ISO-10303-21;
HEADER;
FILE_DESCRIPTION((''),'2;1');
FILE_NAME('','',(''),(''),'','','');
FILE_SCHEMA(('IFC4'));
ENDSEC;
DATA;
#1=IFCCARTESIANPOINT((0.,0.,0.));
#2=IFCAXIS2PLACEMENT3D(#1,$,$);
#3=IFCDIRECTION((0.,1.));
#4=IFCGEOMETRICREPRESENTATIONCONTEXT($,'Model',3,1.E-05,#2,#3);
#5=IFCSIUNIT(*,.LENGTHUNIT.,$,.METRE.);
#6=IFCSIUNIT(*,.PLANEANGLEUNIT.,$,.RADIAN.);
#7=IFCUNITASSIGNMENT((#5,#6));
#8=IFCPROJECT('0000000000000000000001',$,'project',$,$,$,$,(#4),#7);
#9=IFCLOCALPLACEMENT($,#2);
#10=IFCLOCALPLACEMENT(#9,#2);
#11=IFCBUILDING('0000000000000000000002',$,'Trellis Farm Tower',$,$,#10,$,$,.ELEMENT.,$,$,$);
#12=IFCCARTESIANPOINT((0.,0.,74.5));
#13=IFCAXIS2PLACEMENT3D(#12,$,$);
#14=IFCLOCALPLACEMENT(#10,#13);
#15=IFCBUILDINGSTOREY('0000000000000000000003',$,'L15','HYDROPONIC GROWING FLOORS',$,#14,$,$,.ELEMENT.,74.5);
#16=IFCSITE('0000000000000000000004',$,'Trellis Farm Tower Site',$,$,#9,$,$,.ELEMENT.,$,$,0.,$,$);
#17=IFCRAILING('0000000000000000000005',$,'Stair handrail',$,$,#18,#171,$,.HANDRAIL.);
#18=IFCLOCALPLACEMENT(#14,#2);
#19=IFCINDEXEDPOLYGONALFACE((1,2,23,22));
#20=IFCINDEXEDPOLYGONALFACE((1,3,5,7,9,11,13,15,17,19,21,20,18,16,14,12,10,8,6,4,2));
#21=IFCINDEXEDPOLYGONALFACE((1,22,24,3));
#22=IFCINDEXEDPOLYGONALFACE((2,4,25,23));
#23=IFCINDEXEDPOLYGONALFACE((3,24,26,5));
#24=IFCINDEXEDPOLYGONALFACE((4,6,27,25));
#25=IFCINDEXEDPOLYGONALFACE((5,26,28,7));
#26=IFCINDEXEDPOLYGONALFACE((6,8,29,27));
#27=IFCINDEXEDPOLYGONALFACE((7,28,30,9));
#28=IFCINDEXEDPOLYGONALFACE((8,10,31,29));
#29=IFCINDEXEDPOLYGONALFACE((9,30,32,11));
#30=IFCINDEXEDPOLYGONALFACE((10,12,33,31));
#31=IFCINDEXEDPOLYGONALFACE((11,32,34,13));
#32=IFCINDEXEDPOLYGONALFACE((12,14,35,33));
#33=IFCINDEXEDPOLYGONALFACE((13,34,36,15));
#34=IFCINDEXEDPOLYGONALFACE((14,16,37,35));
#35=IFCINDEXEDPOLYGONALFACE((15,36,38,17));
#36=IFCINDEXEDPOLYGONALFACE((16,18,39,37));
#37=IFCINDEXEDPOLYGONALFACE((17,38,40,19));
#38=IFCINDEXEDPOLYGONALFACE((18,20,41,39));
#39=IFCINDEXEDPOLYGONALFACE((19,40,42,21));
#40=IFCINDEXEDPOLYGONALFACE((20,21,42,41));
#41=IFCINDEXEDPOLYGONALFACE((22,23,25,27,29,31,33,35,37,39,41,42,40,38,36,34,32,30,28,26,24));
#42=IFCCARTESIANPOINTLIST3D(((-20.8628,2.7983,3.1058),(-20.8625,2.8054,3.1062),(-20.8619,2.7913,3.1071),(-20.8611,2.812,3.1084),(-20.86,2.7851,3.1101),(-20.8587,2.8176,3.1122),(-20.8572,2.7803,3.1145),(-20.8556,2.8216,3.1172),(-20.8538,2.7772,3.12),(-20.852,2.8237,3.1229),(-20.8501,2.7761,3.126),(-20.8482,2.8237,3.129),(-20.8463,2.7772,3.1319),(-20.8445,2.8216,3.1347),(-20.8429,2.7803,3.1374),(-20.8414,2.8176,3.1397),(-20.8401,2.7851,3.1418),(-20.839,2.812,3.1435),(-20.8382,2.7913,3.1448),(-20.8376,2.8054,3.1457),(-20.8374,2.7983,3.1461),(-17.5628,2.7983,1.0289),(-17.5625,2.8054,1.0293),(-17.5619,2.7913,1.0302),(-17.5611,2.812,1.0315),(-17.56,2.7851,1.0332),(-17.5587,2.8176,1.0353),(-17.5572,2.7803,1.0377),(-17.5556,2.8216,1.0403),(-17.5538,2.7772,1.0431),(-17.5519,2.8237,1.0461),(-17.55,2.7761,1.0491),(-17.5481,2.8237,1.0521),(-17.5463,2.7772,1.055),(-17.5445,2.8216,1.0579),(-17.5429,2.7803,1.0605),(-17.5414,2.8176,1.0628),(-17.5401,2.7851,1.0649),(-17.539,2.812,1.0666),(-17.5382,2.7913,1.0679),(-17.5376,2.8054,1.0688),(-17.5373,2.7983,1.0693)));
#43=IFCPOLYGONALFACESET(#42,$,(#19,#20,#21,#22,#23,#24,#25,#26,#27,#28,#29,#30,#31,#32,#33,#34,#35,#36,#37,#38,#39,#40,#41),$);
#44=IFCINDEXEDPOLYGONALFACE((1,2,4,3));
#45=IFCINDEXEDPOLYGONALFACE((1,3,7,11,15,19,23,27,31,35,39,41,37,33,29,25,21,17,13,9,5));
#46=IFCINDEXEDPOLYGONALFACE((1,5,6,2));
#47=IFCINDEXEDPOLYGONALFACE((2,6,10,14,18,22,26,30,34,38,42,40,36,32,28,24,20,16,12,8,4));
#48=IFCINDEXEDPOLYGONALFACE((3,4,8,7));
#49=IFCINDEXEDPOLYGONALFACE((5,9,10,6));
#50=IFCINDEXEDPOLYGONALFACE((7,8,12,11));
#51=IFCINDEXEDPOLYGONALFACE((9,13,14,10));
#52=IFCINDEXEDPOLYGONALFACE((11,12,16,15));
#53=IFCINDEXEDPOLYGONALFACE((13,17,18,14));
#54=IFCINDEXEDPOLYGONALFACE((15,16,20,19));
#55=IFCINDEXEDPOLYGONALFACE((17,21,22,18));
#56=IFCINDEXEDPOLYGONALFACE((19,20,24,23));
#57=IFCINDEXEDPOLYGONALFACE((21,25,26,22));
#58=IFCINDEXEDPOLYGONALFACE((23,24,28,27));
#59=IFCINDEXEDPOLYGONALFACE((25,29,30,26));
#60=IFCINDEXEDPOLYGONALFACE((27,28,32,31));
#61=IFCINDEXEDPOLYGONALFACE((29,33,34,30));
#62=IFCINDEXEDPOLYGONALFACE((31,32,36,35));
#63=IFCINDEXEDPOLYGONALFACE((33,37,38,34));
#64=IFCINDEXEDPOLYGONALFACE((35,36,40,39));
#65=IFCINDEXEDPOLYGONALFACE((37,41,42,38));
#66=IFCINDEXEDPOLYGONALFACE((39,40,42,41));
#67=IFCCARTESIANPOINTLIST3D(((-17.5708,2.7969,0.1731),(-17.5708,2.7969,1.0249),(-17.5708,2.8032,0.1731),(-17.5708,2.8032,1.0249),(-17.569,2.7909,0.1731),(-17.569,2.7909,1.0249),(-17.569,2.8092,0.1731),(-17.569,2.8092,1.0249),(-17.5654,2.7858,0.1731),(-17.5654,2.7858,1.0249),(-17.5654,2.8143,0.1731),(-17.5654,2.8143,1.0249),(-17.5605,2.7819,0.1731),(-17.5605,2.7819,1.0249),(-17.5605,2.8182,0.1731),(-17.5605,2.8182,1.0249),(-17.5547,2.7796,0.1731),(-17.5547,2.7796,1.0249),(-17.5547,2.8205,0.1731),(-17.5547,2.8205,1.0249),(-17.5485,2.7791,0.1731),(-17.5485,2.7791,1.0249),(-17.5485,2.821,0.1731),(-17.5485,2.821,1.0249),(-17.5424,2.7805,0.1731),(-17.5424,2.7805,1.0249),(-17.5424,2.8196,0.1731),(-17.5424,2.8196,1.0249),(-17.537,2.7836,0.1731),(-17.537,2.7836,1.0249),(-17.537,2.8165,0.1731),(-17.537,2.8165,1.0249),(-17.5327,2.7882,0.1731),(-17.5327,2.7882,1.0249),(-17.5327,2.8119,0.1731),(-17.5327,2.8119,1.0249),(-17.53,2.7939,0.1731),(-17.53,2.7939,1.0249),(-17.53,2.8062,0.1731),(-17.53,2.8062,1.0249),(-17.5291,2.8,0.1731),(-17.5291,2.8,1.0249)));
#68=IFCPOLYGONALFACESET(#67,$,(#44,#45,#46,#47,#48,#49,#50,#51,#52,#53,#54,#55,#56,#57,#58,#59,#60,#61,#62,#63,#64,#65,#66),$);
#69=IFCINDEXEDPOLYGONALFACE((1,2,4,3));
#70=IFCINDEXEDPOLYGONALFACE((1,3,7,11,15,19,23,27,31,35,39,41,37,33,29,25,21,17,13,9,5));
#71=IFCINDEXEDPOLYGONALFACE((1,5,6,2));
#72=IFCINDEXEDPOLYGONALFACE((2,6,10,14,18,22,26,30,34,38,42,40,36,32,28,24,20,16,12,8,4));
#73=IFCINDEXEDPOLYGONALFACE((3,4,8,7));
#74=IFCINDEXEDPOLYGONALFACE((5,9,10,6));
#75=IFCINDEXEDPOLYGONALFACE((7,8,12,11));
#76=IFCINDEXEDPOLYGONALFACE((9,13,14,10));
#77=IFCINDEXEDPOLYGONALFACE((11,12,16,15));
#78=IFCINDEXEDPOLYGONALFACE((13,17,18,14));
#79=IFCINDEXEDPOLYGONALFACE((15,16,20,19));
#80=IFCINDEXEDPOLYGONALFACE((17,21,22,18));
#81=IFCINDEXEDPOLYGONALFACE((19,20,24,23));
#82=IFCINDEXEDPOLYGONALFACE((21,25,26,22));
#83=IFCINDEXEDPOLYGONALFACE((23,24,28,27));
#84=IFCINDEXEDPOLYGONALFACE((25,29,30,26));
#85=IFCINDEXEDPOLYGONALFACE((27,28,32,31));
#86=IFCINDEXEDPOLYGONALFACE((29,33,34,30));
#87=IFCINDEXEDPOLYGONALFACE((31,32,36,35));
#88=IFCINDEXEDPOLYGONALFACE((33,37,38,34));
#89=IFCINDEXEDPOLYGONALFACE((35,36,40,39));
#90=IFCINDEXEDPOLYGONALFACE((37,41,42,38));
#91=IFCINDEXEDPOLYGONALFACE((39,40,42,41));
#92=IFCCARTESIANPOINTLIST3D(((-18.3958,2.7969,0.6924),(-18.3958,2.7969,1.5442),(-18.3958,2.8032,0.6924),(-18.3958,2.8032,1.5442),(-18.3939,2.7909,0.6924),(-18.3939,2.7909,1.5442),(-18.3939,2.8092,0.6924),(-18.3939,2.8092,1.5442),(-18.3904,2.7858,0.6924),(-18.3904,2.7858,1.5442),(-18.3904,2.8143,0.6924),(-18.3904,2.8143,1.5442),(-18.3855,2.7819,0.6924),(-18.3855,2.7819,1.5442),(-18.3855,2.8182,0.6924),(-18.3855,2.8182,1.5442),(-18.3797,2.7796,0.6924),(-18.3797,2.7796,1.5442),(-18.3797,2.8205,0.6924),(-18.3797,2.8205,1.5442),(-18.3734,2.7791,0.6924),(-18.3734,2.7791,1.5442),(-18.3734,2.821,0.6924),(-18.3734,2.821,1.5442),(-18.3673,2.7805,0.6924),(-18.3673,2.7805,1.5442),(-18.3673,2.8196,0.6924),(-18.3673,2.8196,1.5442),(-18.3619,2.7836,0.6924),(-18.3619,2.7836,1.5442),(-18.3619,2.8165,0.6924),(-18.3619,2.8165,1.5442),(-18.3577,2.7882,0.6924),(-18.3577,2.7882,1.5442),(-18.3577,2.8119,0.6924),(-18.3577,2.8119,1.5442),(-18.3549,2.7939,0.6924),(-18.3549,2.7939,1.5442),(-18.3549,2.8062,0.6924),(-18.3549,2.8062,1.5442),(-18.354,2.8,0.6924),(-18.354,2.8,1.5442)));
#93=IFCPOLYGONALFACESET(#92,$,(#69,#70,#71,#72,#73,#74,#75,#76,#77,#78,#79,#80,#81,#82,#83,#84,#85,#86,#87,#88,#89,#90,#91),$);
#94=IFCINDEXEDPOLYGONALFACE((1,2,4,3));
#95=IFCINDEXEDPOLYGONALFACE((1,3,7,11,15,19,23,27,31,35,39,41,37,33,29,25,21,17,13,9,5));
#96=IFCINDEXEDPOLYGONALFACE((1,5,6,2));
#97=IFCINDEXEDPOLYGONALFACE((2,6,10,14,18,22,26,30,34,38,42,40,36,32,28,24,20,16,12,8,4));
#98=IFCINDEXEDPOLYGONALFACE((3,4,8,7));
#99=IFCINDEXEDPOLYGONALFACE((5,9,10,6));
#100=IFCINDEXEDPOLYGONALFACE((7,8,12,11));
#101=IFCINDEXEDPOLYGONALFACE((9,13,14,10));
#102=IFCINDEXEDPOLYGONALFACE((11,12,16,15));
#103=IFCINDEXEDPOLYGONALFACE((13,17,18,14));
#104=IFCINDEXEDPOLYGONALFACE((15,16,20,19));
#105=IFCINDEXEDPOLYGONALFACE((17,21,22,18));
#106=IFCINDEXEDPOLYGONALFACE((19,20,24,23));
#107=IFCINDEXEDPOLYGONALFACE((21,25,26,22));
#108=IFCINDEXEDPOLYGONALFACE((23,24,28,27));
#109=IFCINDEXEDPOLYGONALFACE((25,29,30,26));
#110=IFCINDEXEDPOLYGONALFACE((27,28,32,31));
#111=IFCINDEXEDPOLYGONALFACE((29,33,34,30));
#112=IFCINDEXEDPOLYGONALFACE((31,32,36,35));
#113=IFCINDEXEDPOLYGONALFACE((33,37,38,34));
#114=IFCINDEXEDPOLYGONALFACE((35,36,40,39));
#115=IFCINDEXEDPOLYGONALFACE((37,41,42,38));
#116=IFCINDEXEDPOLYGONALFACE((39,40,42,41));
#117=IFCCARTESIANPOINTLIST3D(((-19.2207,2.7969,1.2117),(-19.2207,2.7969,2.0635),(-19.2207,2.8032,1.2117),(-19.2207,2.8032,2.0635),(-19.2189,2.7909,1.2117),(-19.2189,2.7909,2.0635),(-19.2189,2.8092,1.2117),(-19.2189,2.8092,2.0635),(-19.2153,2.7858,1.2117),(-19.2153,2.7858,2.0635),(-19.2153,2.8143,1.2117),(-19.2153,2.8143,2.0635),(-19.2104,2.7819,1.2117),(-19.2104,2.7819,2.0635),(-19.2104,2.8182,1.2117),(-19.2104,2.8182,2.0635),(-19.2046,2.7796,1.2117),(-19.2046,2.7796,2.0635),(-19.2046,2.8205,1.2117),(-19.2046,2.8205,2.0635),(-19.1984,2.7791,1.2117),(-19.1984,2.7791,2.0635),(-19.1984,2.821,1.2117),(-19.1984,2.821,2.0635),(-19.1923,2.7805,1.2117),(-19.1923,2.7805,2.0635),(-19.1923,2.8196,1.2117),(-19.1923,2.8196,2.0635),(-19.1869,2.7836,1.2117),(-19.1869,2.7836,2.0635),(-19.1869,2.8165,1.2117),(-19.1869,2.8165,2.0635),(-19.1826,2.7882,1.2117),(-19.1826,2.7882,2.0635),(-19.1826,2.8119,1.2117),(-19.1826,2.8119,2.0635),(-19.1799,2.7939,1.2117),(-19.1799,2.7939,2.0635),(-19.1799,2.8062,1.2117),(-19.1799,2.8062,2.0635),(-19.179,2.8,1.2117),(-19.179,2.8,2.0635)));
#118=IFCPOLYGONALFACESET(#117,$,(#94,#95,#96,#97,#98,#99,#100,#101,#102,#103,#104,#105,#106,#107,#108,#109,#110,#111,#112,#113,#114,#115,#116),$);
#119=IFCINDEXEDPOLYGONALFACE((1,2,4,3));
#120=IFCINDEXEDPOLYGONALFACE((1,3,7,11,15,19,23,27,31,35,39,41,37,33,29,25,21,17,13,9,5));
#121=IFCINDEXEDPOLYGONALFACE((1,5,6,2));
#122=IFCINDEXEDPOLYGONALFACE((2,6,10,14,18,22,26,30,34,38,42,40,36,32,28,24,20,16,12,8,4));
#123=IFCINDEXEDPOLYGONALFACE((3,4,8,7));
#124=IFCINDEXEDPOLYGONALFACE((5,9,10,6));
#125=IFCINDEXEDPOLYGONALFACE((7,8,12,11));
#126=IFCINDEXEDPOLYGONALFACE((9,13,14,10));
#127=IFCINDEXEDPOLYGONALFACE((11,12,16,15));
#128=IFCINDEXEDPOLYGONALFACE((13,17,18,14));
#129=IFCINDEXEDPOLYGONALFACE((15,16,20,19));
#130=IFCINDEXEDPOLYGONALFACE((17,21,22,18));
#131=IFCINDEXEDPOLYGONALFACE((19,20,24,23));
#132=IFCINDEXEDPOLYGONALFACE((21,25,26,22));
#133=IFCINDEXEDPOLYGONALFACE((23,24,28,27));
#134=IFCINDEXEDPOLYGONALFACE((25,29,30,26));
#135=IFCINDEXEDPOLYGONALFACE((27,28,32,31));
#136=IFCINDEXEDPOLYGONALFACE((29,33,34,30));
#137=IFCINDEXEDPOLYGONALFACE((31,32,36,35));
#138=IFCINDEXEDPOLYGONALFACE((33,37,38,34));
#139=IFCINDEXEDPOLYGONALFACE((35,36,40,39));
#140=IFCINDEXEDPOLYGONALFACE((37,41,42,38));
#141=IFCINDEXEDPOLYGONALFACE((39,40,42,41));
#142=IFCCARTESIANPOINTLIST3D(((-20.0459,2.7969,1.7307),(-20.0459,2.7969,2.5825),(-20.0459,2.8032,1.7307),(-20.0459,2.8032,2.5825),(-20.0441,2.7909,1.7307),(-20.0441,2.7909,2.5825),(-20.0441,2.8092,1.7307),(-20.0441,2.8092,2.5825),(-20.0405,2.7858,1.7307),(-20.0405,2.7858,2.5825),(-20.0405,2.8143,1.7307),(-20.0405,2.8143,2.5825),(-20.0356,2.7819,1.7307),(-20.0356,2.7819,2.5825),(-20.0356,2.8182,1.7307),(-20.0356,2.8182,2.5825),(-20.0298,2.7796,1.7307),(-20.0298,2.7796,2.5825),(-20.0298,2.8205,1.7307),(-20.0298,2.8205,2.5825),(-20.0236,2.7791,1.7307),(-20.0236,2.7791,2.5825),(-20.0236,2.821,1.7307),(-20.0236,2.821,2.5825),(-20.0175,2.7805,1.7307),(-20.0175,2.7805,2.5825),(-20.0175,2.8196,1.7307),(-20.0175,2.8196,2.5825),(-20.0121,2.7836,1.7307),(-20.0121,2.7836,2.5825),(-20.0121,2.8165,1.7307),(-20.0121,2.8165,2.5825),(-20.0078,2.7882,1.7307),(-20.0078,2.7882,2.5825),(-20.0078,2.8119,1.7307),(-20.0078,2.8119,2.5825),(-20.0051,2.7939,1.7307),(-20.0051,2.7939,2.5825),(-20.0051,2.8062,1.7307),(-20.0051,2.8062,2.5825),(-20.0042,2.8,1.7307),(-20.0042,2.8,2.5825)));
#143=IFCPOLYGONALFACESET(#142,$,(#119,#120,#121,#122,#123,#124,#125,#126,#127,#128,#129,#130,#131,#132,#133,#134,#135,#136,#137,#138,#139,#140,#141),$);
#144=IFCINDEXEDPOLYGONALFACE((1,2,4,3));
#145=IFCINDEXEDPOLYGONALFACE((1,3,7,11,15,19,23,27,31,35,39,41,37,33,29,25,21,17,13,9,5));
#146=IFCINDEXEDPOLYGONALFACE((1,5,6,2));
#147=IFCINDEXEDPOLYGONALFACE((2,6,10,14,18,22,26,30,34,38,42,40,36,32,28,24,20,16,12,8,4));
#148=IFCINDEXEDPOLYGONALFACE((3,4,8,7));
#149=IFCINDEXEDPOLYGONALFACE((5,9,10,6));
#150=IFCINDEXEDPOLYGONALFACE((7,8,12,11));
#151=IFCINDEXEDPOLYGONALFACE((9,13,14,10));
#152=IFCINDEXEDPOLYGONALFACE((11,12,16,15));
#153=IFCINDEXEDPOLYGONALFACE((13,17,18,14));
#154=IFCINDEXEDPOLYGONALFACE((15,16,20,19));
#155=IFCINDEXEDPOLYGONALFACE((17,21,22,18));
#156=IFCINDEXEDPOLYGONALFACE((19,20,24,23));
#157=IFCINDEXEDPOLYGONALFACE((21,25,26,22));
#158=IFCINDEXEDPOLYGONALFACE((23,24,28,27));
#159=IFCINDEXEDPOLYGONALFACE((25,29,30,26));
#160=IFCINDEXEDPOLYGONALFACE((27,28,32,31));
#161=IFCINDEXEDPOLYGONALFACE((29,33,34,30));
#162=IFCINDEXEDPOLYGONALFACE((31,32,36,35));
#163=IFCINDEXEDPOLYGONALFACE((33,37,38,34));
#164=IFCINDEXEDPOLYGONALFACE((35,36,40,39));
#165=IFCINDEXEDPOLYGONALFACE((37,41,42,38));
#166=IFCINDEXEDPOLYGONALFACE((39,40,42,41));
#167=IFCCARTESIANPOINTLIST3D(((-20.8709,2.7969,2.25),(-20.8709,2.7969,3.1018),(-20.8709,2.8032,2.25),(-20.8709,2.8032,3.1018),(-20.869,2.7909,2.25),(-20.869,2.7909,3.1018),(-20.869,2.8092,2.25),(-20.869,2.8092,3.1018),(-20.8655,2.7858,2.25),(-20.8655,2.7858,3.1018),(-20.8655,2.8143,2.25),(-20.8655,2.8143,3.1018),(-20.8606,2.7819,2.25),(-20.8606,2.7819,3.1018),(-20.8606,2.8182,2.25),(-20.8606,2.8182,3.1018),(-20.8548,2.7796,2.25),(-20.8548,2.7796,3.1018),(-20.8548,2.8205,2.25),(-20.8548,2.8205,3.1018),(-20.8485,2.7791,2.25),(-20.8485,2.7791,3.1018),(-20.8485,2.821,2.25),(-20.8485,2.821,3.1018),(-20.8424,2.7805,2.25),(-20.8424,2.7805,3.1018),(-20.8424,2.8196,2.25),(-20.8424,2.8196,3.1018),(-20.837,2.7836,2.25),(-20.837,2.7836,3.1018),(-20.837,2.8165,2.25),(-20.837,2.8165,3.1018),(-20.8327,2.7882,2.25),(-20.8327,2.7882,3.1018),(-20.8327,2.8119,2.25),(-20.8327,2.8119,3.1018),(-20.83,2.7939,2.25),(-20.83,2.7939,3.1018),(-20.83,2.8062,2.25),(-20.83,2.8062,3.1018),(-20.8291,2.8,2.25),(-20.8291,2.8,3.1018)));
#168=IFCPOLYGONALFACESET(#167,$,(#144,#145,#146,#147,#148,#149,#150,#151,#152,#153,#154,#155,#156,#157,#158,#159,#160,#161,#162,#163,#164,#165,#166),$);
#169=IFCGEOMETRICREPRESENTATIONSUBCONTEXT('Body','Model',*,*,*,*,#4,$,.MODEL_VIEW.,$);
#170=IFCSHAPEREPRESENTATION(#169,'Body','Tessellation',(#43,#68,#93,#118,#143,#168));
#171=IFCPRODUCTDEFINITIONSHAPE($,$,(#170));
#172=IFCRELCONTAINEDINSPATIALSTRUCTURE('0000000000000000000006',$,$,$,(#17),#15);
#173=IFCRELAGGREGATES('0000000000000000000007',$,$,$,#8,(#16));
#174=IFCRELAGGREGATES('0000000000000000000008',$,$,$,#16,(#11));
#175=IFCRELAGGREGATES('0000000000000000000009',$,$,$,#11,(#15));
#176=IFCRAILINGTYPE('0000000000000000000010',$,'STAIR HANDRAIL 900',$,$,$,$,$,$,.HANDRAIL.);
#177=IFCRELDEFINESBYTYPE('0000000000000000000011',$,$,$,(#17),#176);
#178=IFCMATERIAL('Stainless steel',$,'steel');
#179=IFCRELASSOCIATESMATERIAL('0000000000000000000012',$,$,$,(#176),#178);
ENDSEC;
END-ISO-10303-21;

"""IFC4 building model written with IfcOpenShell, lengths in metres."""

from ifc_helpers import new_model, si_unit, direction, frame, origin, origin_2d, place, context, subcontext, project, spatial, circle, extrude, source, transform, mapped, material, type_object, element, save


model = new_model("IFC4")

# Units and contexts
model_context = context("Model", 3, precision=1e-05, world=origin(), true_north=direction((0.0, 1.0)))
body_context = subcontext(model_context, "Body", "Model", "MODEL_VIEW")
ifc_project = project(units=[si_unit("LENGTHUNIT", "METRE"), si_unit("PLANEANGLEUNIT", "RADIAN")], contexts=[model_context])

# Site, building, storey
site_placement = place(None, origin())
site = spatial("IfcSite", under=ifc_project, at=site_placement, Name="Trellis Farm Tower Site", CompositionType="ELEMENT", RefElevation=0.0)
building_placement = place(site_placement, origin())
building = spatial("IfcBuilding", under=site, at=building_placement, Name="Trellis Farm Tower", CompositionType="ELEMENT")
storey_placement = place(building_placement, frame((0.0, 0.0, 74.5)))
storey = spatial("IfcBuildingStorey", under=building, at=storey_placement, Name="L15", Description="HYDROPONIC GROWING FLOORS", CompositionType="ELEMENT", Elevation=74.5)

# Railing
ifc_material_1 = material(Name="Stainless steel", Category="steel")
railing_type = type_object("IfcRailingType", Name="STAIR HANDRAIL 900", PredefinedType="HANDRAIL", material=ifc_material_1)
shared_shape_1 = source(origin(), body_context, "Body", "SweptSolid", [
    extrude(circle(Radius=0.0239, at=origin_2d()), frame((0.0, 0.0, 0.876), z_axis=(-0.846337, 0.0, 0.532647), x_axis=(0.0, -1.0, 0.0)), (0.0, 0.0, 1.0), 3.8992),
    extrude(circle(Radius=0.021, at=origin_2d()), origin(), (0.0, 0.0, 1.0), 0.8518),
    extrude(circle(Radius=0.021, at=origin_2d()), frame((-0.825, 0.0, 0.5193)), (0.0, 0.0, 1.0), 0.8518),
    extrude(circle(Radius=0.021, at=origin_2d()), frame((-1.6499, 0.0, 1.0386)), (0.0, 0.0, 1.0), 0.8518),
    extrude(circle(Radius=0.021, at=origin_2d()), frame((-2.4751, 0.0, 1.5576)), (0.0, 0.0, 1.0), 0.8518),
    extrude(circle(Radius=0.021, at=origin_2d()), frame((-3.3, 0.0, 2.0769)), (0.0, 0.0, 1.0), 0.8518),
])
for number, where, name in (
    (1, (-17.55, 2.8, 0.1731), "Stair handrail"),
):
    element("IfcRailing", number, at=place(storey_placement, frame(where)), inside=storey, type_object=railing_type, Name=name, PredefinedType="HANDRAIL", context=body_context, shape_type="MappedRepresentation", body=[
        mapped(shared_shape_1, transform((0.0, 0.0, 0.0))),
    ])

save(model, "model.ifc")
